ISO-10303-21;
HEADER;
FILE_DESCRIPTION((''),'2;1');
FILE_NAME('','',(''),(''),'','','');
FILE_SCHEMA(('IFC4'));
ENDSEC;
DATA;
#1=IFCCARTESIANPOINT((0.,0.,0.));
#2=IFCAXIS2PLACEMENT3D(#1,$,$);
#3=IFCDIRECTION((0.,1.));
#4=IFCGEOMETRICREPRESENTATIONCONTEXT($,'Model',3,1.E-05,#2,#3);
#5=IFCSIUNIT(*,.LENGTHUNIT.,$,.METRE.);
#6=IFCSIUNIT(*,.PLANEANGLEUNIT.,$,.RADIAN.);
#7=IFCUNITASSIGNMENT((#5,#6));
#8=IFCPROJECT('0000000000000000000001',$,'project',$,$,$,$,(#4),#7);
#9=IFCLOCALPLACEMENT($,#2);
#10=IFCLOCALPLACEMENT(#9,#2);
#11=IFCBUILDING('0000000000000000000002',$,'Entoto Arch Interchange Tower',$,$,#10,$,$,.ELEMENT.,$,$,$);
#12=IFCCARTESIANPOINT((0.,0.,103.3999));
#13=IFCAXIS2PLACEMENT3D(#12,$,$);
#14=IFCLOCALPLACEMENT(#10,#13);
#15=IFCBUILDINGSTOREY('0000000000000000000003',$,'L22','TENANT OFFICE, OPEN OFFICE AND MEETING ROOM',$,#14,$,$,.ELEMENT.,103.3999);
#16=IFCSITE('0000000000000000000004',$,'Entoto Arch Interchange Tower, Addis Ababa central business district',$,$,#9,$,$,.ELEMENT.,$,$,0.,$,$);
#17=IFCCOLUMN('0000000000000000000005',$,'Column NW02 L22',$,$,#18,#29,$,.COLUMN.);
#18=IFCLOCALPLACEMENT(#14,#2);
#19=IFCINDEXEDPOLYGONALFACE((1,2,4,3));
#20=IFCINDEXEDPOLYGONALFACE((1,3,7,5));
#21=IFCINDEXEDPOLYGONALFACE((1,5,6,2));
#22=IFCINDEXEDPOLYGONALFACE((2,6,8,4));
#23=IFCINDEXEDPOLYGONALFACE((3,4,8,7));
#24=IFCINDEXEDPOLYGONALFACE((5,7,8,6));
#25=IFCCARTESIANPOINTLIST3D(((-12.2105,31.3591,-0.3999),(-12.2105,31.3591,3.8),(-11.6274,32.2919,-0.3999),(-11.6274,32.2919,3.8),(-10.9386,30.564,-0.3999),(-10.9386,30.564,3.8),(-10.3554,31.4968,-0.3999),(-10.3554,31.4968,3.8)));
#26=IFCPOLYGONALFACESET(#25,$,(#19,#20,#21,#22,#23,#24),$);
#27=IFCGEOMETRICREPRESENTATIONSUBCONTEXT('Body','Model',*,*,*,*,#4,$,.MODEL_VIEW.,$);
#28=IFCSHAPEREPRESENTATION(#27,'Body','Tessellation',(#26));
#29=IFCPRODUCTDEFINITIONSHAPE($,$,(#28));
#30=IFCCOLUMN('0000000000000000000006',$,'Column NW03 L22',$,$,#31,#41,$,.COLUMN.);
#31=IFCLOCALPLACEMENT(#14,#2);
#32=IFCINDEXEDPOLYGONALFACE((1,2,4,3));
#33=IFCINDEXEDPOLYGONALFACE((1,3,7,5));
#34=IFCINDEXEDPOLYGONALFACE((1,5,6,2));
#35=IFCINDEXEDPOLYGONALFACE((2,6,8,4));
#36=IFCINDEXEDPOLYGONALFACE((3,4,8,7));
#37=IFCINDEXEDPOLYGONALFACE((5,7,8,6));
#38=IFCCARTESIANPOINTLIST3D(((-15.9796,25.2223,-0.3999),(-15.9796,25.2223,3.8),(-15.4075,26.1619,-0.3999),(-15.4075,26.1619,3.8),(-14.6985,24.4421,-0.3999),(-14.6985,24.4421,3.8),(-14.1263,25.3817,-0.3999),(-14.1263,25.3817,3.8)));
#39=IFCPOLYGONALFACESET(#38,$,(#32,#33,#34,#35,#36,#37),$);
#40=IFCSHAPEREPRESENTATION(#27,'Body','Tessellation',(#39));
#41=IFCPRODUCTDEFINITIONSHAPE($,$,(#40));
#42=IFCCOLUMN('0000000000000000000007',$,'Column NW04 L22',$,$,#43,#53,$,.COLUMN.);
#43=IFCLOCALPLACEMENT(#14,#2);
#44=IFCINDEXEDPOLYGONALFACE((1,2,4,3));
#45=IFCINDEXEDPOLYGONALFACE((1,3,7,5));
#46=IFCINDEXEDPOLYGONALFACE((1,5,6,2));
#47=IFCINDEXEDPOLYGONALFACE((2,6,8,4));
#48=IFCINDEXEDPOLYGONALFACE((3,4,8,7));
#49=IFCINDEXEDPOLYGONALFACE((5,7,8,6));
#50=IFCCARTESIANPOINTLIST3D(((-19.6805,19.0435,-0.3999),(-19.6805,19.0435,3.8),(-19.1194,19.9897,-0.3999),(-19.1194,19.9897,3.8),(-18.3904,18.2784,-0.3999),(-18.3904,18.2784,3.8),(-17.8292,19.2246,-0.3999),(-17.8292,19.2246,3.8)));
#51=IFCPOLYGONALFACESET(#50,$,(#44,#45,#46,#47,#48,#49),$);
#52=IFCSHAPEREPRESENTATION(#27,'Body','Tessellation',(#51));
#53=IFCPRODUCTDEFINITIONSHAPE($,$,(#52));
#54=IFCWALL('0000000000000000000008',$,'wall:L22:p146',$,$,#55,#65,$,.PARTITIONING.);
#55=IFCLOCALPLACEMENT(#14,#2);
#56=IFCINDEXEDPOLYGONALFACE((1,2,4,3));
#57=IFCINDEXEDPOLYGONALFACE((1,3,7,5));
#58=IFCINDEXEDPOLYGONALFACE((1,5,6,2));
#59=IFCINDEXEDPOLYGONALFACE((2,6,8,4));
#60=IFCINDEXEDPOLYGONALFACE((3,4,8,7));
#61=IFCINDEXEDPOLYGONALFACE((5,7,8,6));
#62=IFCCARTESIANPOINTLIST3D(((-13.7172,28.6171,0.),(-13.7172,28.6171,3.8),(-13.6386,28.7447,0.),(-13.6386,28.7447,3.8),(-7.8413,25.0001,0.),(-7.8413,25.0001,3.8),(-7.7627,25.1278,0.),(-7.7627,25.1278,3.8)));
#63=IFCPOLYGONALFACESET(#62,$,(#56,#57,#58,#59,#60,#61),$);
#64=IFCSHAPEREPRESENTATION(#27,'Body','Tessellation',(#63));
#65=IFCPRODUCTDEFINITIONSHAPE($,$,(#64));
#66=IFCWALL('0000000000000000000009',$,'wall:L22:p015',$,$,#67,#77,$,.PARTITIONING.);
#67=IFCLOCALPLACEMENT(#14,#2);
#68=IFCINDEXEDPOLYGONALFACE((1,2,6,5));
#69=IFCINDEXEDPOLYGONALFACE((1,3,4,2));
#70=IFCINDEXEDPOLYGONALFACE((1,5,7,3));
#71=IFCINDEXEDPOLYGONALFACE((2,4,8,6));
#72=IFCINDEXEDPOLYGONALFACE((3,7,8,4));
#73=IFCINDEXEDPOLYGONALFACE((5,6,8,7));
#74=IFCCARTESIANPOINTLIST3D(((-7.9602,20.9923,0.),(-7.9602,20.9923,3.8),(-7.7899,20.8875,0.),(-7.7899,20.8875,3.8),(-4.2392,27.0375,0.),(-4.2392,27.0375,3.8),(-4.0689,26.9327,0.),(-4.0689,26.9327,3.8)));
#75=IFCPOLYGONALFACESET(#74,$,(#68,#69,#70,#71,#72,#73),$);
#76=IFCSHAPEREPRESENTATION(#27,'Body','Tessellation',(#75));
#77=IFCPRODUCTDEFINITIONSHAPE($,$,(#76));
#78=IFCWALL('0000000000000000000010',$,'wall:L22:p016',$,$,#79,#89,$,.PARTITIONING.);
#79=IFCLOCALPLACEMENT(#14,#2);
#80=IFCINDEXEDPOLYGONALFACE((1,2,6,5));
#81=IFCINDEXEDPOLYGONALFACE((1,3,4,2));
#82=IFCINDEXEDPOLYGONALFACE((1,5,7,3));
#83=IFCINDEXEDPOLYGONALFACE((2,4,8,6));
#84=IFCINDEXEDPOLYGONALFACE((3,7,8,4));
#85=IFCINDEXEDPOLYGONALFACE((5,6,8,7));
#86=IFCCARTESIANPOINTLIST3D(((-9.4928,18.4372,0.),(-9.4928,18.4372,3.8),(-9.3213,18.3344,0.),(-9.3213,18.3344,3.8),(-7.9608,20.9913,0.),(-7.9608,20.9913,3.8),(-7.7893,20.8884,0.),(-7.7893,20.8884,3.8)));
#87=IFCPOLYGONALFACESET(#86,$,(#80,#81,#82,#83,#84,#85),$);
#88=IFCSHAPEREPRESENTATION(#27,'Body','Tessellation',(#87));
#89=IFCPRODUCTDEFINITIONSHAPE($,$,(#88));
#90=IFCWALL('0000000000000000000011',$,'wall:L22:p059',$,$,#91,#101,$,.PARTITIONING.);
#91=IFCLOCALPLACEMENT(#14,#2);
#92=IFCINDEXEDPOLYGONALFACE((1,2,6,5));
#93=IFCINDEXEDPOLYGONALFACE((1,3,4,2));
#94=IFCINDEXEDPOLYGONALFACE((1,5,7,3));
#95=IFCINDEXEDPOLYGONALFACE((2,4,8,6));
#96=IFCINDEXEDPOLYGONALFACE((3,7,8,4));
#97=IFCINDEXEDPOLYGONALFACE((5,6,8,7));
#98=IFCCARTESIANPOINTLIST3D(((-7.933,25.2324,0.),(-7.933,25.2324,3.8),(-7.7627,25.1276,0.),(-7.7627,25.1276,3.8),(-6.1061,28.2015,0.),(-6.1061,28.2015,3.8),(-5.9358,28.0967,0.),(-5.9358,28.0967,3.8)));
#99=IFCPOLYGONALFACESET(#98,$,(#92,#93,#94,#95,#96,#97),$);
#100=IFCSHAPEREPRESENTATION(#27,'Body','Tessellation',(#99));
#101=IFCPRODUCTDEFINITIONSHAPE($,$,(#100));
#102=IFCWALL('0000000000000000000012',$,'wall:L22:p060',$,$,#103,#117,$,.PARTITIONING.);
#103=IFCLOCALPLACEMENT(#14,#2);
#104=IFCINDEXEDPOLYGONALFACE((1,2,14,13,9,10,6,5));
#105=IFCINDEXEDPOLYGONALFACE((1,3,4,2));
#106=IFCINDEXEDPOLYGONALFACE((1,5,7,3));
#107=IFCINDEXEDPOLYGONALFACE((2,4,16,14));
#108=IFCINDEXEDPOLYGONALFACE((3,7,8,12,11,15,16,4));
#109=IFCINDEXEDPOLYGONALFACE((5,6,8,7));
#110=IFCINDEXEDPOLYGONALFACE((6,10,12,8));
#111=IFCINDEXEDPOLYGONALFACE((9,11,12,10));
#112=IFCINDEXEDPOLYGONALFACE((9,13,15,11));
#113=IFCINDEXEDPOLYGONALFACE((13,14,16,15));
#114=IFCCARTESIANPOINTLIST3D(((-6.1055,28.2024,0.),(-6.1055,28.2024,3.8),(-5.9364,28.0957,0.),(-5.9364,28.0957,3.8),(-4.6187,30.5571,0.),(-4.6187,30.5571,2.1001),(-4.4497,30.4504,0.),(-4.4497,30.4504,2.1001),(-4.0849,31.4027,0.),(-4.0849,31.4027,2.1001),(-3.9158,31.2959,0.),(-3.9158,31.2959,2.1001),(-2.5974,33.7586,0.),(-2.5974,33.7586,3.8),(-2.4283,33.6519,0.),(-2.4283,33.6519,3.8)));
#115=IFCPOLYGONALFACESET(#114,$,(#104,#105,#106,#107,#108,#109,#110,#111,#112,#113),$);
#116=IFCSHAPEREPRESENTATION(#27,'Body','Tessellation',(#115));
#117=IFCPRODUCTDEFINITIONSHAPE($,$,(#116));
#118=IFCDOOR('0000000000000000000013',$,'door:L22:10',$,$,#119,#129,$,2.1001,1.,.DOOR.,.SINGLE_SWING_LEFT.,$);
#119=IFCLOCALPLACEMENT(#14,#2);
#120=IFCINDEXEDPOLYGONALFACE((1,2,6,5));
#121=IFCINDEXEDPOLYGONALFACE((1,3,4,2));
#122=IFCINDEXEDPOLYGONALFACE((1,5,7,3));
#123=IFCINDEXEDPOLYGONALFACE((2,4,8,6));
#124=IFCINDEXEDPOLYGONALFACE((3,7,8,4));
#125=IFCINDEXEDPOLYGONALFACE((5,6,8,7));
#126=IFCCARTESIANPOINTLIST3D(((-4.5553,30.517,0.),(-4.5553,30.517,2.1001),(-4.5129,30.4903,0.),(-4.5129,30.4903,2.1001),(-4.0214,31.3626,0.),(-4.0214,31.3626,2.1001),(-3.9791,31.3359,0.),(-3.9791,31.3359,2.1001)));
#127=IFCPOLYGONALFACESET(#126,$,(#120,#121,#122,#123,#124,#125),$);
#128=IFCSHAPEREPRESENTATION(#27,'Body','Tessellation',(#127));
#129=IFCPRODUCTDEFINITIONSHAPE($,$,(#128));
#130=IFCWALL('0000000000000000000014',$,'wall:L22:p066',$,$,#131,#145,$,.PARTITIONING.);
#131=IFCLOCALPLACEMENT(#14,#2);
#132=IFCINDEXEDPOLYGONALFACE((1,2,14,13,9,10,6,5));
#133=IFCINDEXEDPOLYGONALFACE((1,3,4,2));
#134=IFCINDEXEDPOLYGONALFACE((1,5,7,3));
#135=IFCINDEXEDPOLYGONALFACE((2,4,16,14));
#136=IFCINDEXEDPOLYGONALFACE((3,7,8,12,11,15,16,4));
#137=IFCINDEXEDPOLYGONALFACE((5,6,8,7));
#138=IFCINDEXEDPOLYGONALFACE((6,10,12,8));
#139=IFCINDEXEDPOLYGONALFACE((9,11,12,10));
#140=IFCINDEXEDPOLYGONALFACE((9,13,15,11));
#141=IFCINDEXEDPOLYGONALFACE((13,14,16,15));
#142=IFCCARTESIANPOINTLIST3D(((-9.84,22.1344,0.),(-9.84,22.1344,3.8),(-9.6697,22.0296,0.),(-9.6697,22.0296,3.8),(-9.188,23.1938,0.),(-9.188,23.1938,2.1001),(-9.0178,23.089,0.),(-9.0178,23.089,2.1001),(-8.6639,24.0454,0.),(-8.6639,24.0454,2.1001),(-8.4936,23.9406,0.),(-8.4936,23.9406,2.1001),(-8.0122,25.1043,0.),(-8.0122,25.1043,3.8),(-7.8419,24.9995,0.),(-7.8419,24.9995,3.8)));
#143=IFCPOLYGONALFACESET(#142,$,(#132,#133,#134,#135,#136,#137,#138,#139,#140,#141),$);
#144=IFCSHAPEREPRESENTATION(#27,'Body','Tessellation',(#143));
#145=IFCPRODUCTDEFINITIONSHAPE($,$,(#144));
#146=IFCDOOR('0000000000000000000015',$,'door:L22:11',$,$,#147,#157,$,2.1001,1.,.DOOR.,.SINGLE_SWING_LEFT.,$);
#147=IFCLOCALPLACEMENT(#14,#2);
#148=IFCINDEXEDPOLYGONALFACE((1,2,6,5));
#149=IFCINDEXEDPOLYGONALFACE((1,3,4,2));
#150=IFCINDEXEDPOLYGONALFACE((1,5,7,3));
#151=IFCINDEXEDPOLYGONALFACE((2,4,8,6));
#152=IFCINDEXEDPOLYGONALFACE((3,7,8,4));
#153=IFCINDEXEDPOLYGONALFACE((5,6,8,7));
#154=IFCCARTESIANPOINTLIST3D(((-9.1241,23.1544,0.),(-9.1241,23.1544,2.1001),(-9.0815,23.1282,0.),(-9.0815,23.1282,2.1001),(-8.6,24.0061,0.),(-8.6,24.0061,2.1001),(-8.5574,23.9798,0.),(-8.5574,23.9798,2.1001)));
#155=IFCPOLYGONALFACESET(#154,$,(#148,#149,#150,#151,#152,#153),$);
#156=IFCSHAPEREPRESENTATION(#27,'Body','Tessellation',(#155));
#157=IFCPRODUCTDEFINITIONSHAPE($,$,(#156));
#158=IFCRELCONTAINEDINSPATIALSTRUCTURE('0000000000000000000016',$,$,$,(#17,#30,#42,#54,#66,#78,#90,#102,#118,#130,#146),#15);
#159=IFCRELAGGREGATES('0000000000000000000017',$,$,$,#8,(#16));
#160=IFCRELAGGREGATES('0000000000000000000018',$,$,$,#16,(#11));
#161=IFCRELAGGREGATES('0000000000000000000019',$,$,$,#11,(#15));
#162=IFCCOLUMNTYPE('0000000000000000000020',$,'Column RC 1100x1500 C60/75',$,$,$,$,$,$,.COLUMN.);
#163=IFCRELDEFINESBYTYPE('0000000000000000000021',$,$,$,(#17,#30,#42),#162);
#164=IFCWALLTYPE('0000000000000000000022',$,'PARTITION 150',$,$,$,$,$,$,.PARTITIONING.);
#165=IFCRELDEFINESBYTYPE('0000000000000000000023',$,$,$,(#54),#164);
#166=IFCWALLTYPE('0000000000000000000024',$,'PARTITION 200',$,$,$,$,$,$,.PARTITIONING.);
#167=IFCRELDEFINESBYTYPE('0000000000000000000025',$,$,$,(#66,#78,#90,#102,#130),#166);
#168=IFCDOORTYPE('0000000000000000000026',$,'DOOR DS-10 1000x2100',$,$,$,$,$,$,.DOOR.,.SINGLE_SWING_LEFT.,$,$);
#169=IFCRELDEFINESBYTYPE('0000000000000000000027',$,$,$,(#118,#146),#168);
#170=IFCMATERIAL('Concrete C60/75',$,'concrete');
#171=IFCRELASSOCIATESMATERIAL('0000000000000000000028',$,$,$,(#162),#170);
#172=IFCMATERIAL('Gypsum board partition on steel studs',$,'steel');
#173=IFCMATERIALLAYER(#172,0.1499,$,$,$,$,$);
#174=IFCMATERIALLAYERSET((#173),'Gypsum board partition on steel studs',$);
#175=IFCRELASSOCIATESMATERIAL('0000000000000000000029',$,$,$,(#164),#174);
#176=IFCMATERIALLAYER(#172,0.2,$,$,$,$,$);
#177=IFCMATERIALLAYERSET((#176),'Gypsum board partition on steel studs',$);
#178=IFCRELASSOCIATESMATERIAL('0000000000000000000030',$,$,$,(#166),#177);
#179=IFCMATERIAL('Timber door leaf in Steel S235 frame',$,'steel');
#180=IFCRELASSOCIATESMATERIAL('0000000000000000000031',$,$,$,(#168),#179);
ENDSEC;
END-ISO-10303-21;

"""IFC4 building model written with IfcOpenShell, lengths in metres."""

from ifc_helpers import new_model, si_unit, direction, frame, frame_2d, origin, origin_2d, place, context, subcontext, project, spatial, rectangle, extrude, material, layer, layer_set, material_profile, profile_set, type_object, element, fill, save


model = new_model("IFC4")

# Units and contexts
model_context = context("Model", 3, precision=1e-05, world=origin(), true_north=direction((0.0, 1.0)))
body_context = subcontext(model_context, "Body", "Model", "MODEL_VIEW")
ifc_project = project(units=[si_unit("LENGTHUNIT", "METRE"), si_unit("PLANEANGLEUNIT", "RADIAN")], contexts=[model_context])

# Site, building, storey
site_placement = place(None, origin())
site = spatial("IfcSite", under=ifc_project, at=site_placement, Name="Entoto Arch Interchange Tower, Addis Ababa central business district", CompositionType="ELEMENT", RefElevation=0.0)
building_placement = place(site_placement, origin())
building = spatial("IfcBuilding", under=site, at=building_placement, Name="Entoto Arch Interchange Tower", CompositionType="ELEMENT")
storey_placement = place(building_placement, frame((0.0, 0.0, 103.3999)))
storey = spatial("IfcBuildingStorey", under=building, at=storey_placement, Name="L22", Description="TENANT OFFICE, OPEN OFFICE AND MEETING ROOM", CompositionType="ELEMENT", Elevation=103.3999)

# Columns
ifc_material_1 = material(Name="Concrete C60/75", Category="concrete")
ifc_material_profile = material_profile(ifc_material_1, rectangle(XDim=1.1001, YDim=1.5, at=origin_2d()))
ifc_profile_set = profile_set([ifc_material_profile], Name="Concrete C60/75")
column_type = type_object("IfcColumnType", Name="Column RC 1100x1500 C60/75", PredefinedType="COLUMN", material=ifc_profile_set)
for number, where, z_axis, x_axis, name in (
    (1, (-11.283, 31.428, -0.3999), (0.0, 0.0, 1.0), (0.530067, 0.847956, 0.0), "Column NW02 L22"),
    (2, (-15.053, 25.302, -0.3999), (0.0, 0.0, 1.0), (0.520116, 0.854096, 0.0), "Column NW03 L22"),
    (3, (-18.7549, 19.134, -0.3999), (0.0, 0.0, 1.0), (0.510093, 0.860119, 0.0), "Column NW04 L22"),
):
    element("IfcColumn", number, at=place(storey_placement, frame(where, z_axis=z_axis, x_axis=x_axis)), inside=storey, type_object=column_type, Name=name, PredefinedType="COLUMN", context=body_context, shape_type="SweptSolid", body=[
        extrude(rectangle(XDim=1.1001, YDim=1.5, at=origin_2d()), origin(), (0.0, 0.0, 1.0), 4.2),
    ])

# Walls
ifc_material_2 = material(Name="Gypsum board partition on steel studs", Category="steel")
ifc_layer_1 = layer(ifc_material_2, 0.1499)
ifc_layer_set_1 = layer_set([ifc_layer_1], Name="Gypsum board partition on steel studs")
wall_type_1 = type_object("IfcWallType", Name="PARTITION 150", PredefinedType="PARTITIONING", material=ifc_layer_set_1)
wall_1_placement = place(storey_placement, frame((-7.802, 25.064, 0.0), z_axis=(0.0, 0.0, 1.0), x_axis=(-0.851596, 0.524198, 0.0)))
element("IfcWall", 4, at=wall_1_placement, inside=storey, type_object=wall_type_1, Name="wall:L22:p146", PredefinedType="PARTITIONING", context=body_context, shape_type="SweptSolid", body=[
    extrude(rectangle(XDim=6.8999, YDim=0.1499, at=frame_2d((3.45, 0.0))), origin(), (0.0, 0.0, 1.0), 3.8),
])
ifc_layer_2 = layer(ifc_material_2, 0.2)
ifc_layer_set_2 = layer_set([ifc_layer_2], Name="Gypsum board partition on steel studs")
wall_type_2 = type_object("IfcWallType", Name="PARTITION 200", PredefinedType="PARTITIONING", material=ifc_layer_set_2)
wall_2_placement = place(storey_placement, frame((-4.1541, 26.9851, 0.0), z_axis=(0.0, 0.0, 1.0), x_axis=(-0.524184, -0.851605, 0.0)))
element("IfcWall", 5, at=wall_2_placement, inside=storey, type_object=wall_type_2, Name="wall:L22:p015", PredefinedType="PARTITIONING", context=body_context, shape_type="SweptSolid", body=[
    extrude(rectangle(XDim=7.0986, YDim=0.2, at=frame_2d((3.5493, 0.0))), origin(), (0.0, 0.0, 1.0), 3.8),
])
wall_3_placement = place(storey_placement, frame((-7.875, 20.9399, 0.0), z_axis=(0.0, 0.0, 1.0), x_axis=(-0.514399, -0.857551, 0.0)))
element("IfcWall", 6, at=wall_3_placement, inside=storey, type_object=wall_type_2, Name="wall:L22:p016", PredefinedType="PARTITIONING", context=body_context, shape_type="SweptSolid", body=[
    extrude(rectangle(XDim=2.9783, YDim=0.2, at=frame_2d((1.4893, 0.0))), origin(), (0.0, 0.0, 1.0), 3.8),
])
wall_4_placement = place(storey_placement, frame((-7.8479, 25.1799, 0.0), z_axis=(0.0, 0.0, 1.0), x_axis=(0.524062, 0.85168, 0.0)))
element("IfcWall", 7, at=wall_4_placement, inside=storey, type_object=wall_type_2, Name="wall:L22:p059", PredefinedType="PARTITIONING", context=body_context, shape_type="SweptSolid", body=[
    extrude(rectangle(XDim=3.4861, YDim=0.2, at=frame_2d((1.7432, 0.0))), origin(), (0.0, 0.0, 1.0), 3.8),
])

# Walls, openings, doors
wall_5_placement = place(storey_placement, frame((-6.021, 28.1489, 0.0), z_axis=(0.0, 0.0, 1.0), x_axis=(0.533874, 0.845564, 0.0)))
wall_5 = element("IfcWall", 8, at=wall_5_placement, inside=storey, type_object=wall_type_2, Name="wall:L22:p060", PredefinedType="PARTITIONING", context=body_context, shape_type="SweptSolid", body=[
    extrude(rectangle(XDim=6.571, YDim=0.2, at=frame_2d((3.2856, 0.0))), origin(), (0.0, 0.0, 1.0), 3.8),
])
opening_1_placement = place(wall_5_placement, frame((2.7849, 0.0, 0.0)))
opening_1 = element("IfcOpeningElement", 9, at=opening_1_placement, cuts=wall_5, PredefinedType="OPENING", context=body_context, shape_type="SweptSolid", body=[
    extrude(rectangle(XDim=1.0, YDim=2.1001, at=frame_2d((0.5, 1.05))), frame((0.0, 0.1099, 0.0), z_axis=(0.0, -1.0, 0.0), x_axis=(1.0, 0.0, 0.0)), (0.0, 0.0, 1.0), 0.22),
])
ifc_material_3 = material(Name="Timber door leaf in Steel S235 frame", Category="steel")
door_type = type_object("IfcDoorType", Name="DOOR DS-10 1000x2100", OperationType="SINGLE_SWING_LEFT", PredefinedType="DOOR", material=ifc_material_3)
door_1_placement = place(opening_1_placement, origin())
door_1 = element("IfcDoor", 10, at=door_1_placement, inside=storey, type_object=door_type, Name="door:L22:10", OperationType="SINGLE_SWING_LEFT", OverallHeight=2.1001, OverallWidth=1.0, PredefinedType="DOOR", context=body_context, shape_type="SweptSolid", body=[
    extrude(rectangle(XDim=1.0, YDim=2.1001, at=frame_2d((0.5, 1.05))), frame((0.0, 0.0249, 0.0), z_axis=(0.0, -1.0, 0.0), x_axis=(1.0, 0.0, 0.0)), (0.0, 0.0, 1.0), 0.05),
])
fill(opening_1, door_1)
wall_6_placement = place(storey_placement, frame((-9.7549, 22.082, 0.0), z_axis=(0.0, 0.0, 1.0), x_axis=(0.52414, 0.851632, 0.0)))
wall_6 = element("IfcWall", 11, at=wall_6_placement, inside=storey, type_object=wall_type_2, Name="wall:L22:p066", PredefinedType="PARTITIONING", context=body_context, shape_type="SweptSolid", body=[
    extrude(rectangle(XDim=3.4873, YDim=0.2, at=frame_2d((1.7437, 0.0))), origin(), (0.0, 0.0, 1.0), 3.8),
])
opening_2_placement = place(wall_6_placement, frame((1.2439, 0.0, 0.0)))
opening_2 = element("IfcOpeningElement", 12, at=opening_2_placement, cuts=wall_6, PredefinedType="OPENING", context=body_context, shape_type="SweptSolid", body=[
    extrude(rectangle(XDim=1.0, YDim=2.1001, at=frame_2d((0.5, 1.05))), frame((0.0, 0.1099, 0.0), z_axis=(0.0, -1.0, 0.0), x_axis=(1.0, 0.0, 0.0)), (0.0, 0.0, 1.0), 0.22),
])
door_2_placement = place(opening_2_placement, origin())
door_2 = element("IfcDoor", 13, at=door_2_placement, inside=storey, type_object=door_type, Name="door:L22:11", OperationType="SINGLE_SWING_LEFT", OverallHeight=2.1001, OverallWidth=1.0, PredefinedType="DOOR", context=body_context, shape_type="SweptSolid", body=[
    extrude(rectangle(XDim=1.0, YDim=2.1001, at=frame_2d((0.5, 1.05))), frame((0.0, 0.0249, 0.0), z_axis=(0.0, -1.0, 0.0), x_axis=(1.0, 0.0, 0.0)), (0.0, 0.0, 1.0), 0.05),
])
fill(opening_2, door_2)

save(model, "model.ifc")
